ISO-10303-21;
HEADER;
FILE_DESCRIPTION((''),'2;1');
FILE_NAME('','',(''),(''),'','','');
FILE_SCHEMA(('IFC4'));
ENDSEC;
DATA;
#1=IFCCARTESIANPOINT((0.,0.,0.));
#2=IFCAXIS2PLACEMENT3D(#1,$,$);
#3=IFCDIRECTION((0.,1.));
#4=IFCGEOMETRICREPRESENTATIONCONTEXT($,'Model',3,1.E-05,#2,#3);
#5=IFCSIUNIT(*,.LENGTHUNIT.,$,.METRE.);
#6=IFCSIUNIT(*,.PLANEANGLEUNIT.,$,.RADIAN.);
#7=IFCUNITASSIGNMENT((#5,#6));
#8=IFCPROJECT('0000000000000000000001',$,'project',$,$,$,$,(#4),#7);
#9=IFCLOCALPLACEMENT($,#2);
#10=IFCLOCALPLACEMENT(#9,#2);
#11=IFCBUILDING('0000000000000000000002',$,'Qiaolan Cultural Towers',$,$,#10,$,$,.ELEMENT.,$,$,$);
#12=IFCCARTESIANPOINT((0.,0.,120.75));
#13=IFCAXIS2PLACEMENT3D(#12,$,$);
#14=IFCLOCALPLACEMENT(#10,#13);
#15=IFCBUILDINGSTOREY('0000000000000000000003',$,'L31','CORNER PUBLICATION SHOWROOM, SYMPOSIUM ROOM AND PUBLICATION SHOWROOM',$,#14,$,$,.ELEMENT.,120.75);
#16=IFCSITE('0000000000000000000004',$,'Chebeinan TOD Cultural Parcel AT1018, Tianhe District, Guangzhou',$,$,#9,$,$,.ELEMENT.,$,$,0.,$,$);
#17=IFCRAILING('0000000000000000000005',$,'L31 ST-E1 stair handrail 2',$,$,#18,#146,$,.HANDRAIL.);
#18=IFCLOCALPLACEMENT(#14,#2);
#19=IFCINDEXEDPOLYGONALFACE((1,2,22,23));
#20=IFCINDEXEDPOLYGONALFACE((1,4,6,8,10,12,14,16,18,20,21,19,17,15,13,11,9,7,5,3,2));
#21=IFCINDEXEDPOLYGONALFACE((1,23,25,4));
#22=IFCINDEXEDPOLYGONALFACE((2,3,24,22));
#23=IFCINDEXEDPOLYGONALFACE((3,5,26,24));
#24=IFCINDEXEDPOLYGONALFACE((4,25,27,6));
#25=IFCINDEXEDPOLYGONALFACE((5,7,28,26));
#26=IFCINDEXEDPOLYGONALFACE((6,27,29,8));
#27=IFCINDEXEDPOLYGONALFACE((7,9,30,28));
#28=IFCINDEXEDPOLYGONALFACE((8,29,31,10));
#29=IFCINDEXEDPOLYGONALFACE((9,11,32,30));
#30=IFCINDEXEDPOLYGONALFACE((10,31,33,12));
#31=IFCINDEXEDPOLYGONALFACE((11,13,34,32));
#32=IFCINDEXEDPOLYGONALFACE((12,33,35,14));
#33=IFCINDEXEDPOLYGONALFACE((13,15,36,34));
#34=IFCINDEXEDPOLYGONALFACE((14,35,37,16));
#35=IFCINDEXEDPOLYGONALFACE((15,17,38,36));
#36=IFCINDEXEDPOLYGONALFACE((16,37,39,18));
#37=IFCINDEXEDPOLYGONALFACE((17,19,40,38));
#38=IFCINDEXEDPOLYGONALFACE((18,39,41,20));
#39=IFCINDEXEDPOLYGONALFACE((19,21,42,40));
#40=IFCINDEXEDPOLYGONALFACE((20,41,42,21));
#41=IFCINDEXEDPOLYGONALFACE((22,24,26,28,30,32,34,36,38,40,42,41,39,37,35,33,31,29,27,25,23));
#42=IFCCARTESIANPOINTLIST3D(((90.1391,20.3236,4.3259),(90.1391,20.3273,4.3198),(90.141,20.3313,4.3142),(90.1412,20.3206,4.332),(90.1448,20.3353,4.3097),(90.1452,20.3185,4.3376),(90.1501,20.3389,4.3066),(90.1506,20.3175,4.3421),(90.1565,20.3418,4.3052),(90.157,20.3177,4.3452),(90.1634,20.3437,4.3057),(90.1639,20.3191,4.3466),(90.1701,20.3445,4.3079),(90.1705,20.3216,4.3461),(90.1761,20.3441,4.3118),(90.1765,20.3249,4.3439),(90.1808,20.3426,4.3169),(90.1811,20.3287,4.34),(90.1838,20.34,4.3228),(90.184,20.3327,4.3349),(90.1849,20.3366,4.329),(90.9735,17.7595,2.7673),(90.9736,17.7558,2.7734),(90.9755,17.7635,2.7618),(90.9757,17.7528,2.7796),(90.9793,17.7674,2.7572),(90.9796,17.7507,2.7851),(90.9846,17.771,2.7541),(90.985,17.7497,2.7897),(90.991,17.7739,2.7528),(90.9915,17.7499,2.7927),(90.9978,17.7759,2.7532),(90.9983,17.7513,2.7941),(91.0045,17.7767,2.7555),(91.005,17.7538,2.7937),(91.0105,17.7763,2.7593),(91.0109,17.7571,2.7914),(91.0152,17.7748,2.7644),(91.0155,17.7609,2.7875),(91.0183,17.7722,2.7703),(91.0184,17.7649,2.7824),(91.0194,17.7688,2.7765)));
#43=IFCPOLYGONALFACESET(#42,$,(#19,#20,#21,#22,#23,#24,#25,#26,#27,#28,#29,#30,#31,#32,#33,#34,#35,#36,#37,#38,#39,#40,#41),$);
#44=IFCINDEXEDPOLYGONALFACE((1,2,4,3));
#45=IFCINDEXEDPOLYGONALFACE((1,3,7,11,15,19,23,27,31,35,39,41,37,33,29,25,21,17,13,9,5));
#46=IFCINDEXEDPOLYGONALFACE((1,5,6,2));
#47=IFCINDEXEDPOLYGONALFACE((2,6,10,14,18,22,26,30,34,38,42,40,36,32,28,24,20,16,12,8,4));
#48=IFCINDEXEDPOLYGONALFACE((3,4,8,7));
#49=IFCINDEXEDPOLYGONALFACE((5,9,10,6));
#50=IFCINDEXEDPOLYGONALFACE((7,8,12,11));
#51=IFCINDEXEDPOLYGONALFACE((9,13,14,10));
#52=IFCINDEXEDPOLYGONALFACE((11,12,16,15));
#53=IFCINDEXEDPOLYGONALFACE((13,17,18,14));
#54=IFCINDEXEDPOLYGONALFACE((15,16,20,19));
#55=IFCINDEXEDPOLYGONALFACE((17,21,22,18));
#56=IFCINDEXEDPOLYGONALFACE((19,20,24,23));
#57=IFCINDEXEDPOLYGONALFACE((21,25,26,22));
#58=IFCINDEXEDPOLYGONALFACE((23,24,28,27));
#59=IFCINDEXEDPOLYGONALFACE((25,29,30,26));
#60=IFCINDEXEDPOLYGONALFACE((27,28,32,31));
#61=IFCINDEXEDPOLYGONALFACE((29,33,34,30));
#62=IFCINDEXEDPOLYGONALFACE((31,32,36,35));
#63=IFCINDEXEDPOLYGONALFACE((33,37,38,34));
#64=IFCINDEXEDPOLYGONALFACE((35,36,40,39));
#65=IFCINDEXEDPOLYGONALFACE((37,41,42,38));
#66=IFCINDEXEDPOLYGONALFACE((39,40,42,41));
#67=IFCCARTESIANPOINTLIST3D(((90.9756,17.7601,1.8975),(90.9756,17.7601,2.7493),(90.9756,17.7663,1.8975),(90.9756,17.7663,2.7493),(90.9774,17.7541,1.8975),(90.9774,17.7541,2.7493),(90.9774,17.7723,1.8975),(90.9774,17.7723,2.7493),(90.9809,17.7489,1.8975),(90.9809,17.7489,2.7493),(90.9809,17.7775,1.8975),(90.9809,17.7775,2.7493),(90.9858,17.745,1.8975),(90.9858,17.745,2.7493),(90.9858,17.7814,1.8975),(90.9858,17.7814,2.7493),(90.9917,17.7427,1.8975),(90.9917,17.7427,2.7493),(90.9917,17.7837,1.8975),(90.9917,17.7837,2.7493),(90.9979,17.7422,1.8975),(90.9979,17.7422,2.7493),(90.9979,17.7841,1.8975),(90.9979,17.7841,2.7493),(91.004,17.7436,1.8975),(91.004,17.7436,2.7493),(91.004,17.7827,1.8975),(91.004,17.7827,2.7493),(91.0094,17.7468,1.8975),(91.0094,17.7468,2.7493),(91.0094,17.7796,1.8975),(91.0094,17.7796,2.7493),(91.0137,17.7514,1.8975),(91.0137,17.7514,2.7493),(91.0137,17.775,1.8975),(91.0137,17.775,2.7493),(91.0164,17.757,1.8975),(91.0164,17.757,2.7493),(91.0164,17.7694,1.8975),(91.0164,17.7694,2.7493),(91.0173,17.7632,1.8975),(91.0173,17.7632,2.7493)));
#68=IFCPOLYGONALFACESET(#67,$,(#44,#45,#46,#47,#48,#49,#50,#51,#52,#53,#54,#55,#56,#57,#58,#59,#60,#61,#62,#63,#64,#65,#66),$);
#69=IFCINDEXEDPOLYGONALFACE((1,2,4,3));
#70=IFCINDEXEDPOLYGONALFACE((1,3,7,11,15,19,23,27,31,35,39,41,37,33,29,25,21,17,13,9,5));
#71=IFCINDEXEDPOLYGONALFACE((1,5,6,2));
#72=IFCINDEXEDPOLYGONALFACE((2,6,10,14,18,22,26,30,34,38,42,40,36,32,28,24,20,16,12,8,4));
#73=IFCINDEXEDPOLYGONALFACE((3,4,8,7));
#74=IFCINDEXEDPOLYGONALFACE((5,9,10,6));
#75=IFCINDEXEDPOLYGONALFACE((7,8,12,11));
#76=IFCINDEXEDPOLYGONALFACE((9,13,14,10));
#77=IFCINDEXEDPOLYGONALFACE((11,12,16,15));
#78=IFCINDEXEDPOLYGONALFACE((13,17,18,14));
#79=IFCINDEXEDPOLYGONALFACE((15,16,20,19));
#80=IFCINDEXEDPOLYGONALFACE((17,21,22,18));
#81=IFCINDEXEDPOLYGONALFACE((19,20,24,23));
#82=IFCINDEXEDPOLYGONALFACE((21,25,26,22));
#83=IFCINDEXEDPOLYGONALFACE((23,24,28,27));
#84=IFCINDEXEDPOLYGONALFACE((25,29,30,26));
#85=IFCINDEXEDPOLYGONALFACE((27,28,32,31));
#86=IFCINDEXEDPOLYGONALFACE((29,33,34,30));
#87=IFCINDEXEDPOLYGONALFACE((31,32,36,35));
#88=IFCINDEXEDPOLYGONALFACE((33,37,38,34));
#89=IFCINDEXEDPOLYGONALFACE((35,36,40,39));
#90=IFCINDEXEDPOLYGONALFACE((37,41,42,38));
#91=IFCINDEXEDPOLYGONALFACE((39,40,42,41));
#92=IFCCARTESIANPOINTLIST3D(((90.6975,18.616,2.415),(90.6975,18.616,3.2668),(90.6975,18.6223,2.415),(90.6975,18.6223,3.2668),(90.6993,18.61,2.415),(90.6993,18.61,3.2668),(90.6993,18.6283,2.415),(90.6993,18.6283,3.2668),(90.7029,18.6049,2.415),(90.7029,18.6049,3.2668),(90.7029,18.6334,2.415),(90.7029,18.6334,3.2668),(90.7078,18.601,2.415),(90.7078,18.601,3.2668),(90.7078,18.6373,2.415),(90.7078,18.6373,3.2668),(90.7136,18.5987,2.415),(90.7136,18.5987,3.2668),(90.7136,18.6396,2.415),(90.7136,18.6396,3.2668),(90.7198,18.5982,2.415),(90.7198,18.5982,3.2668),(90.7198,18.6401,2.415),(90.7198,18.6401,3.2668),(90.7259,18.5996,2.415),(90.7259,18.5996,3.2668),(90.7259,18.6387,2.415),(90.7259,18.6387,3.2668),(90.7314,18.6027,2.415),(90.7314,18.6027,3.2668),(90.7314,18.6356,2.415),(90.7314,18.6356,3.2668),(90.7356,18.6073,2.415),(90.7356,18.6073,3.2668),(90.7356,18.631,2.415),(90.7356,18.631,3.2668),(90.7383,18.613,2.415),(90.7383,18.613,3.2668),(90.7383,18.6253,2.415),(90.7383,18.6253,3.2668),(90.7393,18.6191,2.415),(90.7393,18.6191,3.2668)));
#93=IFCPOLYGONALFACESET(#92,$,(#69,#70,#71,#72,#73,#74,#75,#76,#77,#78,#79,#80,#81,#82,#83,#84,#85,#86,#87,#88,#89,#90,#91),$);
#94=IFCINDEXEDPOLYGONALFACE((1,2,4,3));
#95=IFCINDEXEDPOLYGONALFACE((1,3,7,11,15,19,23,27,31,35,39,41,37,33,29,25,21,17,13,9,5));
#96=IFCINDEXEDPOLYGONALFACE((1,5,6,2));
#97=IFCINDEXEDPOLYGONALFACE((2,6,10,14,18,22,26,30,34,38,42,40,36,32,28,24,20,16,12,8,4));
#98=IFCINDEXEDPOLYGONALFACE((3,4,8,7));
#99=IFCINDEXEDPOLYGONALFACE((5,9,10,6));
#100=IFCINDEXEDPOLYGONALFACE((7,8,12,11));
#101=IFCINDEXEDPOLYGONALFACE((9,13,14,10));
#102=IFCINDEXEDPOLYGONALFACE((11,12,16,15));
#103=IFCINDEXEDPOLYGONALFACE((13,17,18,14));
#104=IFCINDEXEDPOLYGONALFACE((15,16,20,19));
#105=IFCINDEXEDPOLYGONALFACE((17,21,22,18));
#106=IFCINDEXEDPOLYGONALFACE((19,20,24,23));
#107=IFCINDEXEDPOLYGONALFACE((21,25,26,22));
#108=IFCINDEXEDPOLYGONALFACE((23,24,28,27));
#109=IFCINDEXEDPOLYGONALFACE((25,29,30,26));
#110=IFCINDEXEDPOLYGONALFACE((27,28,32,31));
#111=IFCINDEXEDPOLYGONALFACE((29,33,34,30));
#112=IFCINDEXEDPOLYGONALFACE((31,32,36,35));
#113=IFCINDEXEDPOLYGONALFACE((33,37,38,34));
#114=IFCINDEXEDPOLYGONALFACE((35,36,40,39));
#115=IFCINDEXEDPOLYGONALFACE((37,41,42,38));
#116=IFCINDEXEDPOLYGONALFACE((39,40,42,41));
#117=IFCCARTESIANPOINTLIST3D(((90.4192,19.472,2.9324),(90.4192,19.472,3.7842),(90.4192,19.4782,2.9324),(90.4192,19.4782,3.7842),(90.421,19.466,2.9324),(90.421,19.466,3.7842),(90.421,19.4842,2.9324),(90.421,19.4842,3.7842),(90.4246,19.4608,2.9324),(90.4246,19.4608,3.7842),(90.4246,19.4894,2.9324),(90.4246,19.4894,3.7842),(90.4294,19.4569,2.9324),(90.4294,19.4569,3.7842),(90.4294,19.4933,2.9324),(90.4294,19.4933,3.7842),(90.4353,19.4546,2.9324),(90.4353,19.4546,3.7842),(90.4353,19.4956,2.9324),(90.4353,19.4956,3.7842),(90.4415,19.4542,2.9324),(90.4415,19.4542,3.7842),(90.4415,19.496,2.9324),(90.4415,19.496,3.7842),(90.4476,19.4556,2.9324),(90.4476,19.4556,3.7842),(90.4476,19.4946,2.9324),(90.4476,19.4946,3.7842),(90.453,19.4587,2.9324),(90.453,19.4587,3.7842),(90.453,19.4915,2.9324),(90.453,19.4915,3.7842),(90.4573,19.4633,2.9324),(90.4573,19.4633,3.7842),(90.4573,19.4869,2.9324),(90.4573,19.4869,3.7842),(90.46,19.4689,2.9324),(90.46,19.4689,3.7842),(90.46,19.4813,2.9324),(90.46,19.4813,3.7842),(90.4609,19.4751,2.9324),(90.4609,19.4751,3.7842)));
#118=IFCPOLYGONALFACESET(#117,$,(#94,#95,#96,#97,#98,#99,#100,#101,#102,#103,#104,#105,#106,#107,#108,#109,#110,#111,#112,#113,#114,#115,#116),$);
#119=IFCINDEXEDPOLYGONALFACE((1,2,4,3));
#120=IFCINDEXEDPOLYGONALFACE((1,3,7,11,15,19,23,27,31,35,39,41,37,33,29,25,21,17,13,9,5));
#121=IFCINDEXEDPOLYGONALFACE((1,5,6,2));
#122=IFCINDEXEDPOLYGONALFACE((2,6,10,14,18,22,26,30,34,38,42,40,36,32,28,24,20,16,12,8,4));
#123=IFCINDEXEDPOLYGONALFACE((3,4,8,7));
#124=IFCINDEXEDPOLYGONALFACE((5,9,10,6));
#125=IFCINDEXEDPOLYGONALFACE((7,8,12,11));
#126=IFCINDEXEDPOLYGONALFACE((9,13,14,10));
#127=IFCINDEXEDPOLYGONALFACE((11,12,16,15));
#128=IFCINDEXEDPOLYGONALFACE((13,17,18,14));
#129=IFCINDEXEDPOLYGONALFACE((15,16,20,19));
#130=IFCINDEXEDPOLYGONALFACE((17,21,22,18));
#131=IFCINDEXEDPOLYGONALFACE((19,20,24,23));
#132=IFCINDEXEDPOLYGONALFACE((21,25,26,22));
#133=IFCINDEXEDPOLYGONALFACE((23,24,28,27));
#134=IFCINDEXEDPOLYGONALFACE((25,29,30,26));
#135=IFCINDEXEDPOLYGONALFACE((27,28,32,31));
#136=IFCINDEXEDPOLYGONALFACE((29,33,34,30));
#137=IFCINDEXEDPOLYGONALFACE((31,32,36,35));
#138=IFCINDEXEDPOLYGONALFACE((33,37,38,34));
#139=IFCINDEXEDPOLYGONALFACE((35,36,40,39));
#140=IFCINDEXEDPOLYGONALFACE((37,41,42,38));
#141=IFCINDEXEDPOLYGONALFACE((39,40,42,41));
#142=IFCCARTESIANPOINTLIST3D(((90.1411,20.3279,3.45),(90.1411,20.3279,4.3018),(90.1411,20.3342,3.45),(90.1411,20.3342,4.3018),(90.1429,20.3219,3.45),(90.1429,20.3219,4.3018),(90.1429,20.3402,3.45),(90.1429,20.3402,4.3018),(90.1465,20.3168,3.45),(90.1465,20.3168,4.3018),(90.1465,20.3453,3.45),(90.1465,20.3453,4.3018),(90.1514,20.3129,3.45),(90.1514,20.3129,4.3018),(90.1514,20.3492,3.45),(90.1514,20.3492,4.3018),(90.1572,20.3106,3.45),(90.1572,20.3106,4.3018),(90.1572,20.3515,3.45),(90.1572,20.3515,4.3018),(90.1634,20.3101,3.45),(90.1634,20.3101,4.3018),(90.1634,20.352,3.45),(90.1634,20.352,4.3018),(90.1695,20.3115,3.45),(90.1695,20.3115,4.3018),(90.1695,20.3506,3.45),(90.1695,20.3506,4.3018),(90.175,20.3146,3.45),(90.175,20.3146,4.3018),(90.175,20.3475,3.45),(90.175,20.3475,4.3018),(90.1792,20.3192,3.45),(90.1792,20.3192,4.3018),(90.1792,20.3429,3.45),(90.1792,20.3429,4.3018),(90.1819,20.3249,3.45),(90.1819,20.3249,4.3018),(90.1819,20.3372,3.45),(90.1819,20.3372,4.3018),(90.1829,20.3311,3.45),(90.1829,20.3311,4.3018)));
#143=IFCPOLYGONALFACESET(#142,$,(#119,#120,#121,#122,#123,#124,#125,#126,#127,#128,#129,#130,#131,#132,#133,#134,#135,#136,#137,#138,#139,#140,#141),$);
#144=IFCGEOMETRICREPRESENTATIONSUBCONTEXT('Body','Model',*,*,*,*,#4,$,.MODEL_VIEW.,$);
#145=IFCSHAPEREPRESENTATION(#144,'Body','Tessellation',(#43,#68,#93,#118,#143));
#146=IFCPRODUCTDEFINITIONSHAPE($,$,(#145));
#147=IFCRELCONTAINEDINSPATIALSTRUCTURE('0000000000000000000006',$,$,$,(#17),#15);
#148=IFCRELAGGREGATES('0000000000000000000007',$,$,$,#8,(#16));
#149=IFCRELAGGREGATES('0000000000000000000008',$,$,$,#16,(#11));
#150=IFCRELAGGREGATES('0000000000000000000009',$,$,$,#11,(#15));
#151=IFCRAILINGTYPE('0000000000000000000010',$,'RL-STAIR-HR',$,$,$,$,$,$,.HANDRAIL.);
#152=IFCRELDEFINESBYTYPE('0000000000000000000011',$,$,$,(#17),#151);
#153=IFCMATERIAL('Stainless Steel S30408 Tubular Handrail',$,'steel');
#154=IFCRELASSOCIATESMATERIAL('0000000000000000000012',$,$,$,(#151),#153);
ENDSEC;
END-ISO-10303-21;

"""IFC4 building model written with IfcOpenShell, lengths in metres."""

from ifc_helpers import new_model, si_unit, direction, frame, origin, origin_2d, place, context, subcontext, project, spatial, circle, extrude, material, type_object, element, save


model = new_model("IFC4")

# Units and contexts
model_context = context("Model", 3, precision=1e-05, world=origin(), true_north=direction((0.0, 1.0)))
body_context = subcontext(model_context, "Body", "Model", "MODEL_VIEW")
ifc_project = project(units=[si_unit("LENGTHUNIT", "METRE"), si_unit("PLANEANGLEUNIT", "RADIAN")], contexts=[model_context])

# Site, building, storey
site_placement = place(None, origin())
site = spatial("IfcSite", under=ifc_project, at=site_placement, Name="Chebeinan TOD Cultural Parcel AT1018, Tianhe District, Guangzhou", CompositionType="ELEMENT", RefElevation=0.0)
building_placement = place(site_placement, origin())
building = spatial("IfcBuilding", under=site, at=building_placement, Name="Qiaolan Cultural Towers", CompositionType="ELEMENT")
storey_placement = place(building_placement, frame((0.0, 0.0, 120.75)))
storey = spatial("IfcBuildingStorey", under=building, at=storey_placement, Name="L31", Description="CORNER PUBLICATION SHOWROOM, SYMPOSIUM ROOM AND PUBLICATION SHOWROOM", CompositionType="ELEMENT", Elevation=120.75)

# Railing
ifc_material_1 = material(Name="Stainless Steel S30408 Tubular Handrail", Category="steel")
railing_type_1 = type_object("IfcRailingType", Name="RL-STAIR-HR", PredefinedType="HANDRAIL", material=ifc_material_1)
railing_1_placement = place(storey_placement, frame((90.9963, 17.7632, 1.8975)))
element("IfcRailing", 1, at=railing_1_placement, inside=storey, type_object=railing_type_1, Name="L31 ST-E1 stair handrail 2", PredefinedType="HANDRAIL", context=body_context, shape_type="SweptSolid", body=[
    extrude(circle(Radius=0.0239, at=origin_2d()), frame((0.0, 0.0, 0.876), z_axis=(-0.267926, 0.824471, 0.498461), x_axis=(-0.951043, -0.309057, 0.0)), (0.0, 0.0, 1.0), 3.1145),
    extrude(circle(Radius=0.021, at=origin_2d()), origin(), (0.0, 0.0, 1.0), 0.8518),
    extrude(circle(Radius=0.021, at=origin_2d()), frame((-0.2781, 0.856, 0.5176)), (0.0, 0.0, 1.0), 0.8518),
    extrude(circle(Radius=0.021, at=origin_2d()), frame((-0.5564, 1.7119, 1.0349)), (0.0, 0.0, 1.0), 0.8518),
    extrude(circle(Radius=0.021, at=origin_2d()), frame((-0.8345, 2.5679, 1.5525)), (0.0, 0.0, 1.0), 0.8518),
])

save(model, "model.ifc")
